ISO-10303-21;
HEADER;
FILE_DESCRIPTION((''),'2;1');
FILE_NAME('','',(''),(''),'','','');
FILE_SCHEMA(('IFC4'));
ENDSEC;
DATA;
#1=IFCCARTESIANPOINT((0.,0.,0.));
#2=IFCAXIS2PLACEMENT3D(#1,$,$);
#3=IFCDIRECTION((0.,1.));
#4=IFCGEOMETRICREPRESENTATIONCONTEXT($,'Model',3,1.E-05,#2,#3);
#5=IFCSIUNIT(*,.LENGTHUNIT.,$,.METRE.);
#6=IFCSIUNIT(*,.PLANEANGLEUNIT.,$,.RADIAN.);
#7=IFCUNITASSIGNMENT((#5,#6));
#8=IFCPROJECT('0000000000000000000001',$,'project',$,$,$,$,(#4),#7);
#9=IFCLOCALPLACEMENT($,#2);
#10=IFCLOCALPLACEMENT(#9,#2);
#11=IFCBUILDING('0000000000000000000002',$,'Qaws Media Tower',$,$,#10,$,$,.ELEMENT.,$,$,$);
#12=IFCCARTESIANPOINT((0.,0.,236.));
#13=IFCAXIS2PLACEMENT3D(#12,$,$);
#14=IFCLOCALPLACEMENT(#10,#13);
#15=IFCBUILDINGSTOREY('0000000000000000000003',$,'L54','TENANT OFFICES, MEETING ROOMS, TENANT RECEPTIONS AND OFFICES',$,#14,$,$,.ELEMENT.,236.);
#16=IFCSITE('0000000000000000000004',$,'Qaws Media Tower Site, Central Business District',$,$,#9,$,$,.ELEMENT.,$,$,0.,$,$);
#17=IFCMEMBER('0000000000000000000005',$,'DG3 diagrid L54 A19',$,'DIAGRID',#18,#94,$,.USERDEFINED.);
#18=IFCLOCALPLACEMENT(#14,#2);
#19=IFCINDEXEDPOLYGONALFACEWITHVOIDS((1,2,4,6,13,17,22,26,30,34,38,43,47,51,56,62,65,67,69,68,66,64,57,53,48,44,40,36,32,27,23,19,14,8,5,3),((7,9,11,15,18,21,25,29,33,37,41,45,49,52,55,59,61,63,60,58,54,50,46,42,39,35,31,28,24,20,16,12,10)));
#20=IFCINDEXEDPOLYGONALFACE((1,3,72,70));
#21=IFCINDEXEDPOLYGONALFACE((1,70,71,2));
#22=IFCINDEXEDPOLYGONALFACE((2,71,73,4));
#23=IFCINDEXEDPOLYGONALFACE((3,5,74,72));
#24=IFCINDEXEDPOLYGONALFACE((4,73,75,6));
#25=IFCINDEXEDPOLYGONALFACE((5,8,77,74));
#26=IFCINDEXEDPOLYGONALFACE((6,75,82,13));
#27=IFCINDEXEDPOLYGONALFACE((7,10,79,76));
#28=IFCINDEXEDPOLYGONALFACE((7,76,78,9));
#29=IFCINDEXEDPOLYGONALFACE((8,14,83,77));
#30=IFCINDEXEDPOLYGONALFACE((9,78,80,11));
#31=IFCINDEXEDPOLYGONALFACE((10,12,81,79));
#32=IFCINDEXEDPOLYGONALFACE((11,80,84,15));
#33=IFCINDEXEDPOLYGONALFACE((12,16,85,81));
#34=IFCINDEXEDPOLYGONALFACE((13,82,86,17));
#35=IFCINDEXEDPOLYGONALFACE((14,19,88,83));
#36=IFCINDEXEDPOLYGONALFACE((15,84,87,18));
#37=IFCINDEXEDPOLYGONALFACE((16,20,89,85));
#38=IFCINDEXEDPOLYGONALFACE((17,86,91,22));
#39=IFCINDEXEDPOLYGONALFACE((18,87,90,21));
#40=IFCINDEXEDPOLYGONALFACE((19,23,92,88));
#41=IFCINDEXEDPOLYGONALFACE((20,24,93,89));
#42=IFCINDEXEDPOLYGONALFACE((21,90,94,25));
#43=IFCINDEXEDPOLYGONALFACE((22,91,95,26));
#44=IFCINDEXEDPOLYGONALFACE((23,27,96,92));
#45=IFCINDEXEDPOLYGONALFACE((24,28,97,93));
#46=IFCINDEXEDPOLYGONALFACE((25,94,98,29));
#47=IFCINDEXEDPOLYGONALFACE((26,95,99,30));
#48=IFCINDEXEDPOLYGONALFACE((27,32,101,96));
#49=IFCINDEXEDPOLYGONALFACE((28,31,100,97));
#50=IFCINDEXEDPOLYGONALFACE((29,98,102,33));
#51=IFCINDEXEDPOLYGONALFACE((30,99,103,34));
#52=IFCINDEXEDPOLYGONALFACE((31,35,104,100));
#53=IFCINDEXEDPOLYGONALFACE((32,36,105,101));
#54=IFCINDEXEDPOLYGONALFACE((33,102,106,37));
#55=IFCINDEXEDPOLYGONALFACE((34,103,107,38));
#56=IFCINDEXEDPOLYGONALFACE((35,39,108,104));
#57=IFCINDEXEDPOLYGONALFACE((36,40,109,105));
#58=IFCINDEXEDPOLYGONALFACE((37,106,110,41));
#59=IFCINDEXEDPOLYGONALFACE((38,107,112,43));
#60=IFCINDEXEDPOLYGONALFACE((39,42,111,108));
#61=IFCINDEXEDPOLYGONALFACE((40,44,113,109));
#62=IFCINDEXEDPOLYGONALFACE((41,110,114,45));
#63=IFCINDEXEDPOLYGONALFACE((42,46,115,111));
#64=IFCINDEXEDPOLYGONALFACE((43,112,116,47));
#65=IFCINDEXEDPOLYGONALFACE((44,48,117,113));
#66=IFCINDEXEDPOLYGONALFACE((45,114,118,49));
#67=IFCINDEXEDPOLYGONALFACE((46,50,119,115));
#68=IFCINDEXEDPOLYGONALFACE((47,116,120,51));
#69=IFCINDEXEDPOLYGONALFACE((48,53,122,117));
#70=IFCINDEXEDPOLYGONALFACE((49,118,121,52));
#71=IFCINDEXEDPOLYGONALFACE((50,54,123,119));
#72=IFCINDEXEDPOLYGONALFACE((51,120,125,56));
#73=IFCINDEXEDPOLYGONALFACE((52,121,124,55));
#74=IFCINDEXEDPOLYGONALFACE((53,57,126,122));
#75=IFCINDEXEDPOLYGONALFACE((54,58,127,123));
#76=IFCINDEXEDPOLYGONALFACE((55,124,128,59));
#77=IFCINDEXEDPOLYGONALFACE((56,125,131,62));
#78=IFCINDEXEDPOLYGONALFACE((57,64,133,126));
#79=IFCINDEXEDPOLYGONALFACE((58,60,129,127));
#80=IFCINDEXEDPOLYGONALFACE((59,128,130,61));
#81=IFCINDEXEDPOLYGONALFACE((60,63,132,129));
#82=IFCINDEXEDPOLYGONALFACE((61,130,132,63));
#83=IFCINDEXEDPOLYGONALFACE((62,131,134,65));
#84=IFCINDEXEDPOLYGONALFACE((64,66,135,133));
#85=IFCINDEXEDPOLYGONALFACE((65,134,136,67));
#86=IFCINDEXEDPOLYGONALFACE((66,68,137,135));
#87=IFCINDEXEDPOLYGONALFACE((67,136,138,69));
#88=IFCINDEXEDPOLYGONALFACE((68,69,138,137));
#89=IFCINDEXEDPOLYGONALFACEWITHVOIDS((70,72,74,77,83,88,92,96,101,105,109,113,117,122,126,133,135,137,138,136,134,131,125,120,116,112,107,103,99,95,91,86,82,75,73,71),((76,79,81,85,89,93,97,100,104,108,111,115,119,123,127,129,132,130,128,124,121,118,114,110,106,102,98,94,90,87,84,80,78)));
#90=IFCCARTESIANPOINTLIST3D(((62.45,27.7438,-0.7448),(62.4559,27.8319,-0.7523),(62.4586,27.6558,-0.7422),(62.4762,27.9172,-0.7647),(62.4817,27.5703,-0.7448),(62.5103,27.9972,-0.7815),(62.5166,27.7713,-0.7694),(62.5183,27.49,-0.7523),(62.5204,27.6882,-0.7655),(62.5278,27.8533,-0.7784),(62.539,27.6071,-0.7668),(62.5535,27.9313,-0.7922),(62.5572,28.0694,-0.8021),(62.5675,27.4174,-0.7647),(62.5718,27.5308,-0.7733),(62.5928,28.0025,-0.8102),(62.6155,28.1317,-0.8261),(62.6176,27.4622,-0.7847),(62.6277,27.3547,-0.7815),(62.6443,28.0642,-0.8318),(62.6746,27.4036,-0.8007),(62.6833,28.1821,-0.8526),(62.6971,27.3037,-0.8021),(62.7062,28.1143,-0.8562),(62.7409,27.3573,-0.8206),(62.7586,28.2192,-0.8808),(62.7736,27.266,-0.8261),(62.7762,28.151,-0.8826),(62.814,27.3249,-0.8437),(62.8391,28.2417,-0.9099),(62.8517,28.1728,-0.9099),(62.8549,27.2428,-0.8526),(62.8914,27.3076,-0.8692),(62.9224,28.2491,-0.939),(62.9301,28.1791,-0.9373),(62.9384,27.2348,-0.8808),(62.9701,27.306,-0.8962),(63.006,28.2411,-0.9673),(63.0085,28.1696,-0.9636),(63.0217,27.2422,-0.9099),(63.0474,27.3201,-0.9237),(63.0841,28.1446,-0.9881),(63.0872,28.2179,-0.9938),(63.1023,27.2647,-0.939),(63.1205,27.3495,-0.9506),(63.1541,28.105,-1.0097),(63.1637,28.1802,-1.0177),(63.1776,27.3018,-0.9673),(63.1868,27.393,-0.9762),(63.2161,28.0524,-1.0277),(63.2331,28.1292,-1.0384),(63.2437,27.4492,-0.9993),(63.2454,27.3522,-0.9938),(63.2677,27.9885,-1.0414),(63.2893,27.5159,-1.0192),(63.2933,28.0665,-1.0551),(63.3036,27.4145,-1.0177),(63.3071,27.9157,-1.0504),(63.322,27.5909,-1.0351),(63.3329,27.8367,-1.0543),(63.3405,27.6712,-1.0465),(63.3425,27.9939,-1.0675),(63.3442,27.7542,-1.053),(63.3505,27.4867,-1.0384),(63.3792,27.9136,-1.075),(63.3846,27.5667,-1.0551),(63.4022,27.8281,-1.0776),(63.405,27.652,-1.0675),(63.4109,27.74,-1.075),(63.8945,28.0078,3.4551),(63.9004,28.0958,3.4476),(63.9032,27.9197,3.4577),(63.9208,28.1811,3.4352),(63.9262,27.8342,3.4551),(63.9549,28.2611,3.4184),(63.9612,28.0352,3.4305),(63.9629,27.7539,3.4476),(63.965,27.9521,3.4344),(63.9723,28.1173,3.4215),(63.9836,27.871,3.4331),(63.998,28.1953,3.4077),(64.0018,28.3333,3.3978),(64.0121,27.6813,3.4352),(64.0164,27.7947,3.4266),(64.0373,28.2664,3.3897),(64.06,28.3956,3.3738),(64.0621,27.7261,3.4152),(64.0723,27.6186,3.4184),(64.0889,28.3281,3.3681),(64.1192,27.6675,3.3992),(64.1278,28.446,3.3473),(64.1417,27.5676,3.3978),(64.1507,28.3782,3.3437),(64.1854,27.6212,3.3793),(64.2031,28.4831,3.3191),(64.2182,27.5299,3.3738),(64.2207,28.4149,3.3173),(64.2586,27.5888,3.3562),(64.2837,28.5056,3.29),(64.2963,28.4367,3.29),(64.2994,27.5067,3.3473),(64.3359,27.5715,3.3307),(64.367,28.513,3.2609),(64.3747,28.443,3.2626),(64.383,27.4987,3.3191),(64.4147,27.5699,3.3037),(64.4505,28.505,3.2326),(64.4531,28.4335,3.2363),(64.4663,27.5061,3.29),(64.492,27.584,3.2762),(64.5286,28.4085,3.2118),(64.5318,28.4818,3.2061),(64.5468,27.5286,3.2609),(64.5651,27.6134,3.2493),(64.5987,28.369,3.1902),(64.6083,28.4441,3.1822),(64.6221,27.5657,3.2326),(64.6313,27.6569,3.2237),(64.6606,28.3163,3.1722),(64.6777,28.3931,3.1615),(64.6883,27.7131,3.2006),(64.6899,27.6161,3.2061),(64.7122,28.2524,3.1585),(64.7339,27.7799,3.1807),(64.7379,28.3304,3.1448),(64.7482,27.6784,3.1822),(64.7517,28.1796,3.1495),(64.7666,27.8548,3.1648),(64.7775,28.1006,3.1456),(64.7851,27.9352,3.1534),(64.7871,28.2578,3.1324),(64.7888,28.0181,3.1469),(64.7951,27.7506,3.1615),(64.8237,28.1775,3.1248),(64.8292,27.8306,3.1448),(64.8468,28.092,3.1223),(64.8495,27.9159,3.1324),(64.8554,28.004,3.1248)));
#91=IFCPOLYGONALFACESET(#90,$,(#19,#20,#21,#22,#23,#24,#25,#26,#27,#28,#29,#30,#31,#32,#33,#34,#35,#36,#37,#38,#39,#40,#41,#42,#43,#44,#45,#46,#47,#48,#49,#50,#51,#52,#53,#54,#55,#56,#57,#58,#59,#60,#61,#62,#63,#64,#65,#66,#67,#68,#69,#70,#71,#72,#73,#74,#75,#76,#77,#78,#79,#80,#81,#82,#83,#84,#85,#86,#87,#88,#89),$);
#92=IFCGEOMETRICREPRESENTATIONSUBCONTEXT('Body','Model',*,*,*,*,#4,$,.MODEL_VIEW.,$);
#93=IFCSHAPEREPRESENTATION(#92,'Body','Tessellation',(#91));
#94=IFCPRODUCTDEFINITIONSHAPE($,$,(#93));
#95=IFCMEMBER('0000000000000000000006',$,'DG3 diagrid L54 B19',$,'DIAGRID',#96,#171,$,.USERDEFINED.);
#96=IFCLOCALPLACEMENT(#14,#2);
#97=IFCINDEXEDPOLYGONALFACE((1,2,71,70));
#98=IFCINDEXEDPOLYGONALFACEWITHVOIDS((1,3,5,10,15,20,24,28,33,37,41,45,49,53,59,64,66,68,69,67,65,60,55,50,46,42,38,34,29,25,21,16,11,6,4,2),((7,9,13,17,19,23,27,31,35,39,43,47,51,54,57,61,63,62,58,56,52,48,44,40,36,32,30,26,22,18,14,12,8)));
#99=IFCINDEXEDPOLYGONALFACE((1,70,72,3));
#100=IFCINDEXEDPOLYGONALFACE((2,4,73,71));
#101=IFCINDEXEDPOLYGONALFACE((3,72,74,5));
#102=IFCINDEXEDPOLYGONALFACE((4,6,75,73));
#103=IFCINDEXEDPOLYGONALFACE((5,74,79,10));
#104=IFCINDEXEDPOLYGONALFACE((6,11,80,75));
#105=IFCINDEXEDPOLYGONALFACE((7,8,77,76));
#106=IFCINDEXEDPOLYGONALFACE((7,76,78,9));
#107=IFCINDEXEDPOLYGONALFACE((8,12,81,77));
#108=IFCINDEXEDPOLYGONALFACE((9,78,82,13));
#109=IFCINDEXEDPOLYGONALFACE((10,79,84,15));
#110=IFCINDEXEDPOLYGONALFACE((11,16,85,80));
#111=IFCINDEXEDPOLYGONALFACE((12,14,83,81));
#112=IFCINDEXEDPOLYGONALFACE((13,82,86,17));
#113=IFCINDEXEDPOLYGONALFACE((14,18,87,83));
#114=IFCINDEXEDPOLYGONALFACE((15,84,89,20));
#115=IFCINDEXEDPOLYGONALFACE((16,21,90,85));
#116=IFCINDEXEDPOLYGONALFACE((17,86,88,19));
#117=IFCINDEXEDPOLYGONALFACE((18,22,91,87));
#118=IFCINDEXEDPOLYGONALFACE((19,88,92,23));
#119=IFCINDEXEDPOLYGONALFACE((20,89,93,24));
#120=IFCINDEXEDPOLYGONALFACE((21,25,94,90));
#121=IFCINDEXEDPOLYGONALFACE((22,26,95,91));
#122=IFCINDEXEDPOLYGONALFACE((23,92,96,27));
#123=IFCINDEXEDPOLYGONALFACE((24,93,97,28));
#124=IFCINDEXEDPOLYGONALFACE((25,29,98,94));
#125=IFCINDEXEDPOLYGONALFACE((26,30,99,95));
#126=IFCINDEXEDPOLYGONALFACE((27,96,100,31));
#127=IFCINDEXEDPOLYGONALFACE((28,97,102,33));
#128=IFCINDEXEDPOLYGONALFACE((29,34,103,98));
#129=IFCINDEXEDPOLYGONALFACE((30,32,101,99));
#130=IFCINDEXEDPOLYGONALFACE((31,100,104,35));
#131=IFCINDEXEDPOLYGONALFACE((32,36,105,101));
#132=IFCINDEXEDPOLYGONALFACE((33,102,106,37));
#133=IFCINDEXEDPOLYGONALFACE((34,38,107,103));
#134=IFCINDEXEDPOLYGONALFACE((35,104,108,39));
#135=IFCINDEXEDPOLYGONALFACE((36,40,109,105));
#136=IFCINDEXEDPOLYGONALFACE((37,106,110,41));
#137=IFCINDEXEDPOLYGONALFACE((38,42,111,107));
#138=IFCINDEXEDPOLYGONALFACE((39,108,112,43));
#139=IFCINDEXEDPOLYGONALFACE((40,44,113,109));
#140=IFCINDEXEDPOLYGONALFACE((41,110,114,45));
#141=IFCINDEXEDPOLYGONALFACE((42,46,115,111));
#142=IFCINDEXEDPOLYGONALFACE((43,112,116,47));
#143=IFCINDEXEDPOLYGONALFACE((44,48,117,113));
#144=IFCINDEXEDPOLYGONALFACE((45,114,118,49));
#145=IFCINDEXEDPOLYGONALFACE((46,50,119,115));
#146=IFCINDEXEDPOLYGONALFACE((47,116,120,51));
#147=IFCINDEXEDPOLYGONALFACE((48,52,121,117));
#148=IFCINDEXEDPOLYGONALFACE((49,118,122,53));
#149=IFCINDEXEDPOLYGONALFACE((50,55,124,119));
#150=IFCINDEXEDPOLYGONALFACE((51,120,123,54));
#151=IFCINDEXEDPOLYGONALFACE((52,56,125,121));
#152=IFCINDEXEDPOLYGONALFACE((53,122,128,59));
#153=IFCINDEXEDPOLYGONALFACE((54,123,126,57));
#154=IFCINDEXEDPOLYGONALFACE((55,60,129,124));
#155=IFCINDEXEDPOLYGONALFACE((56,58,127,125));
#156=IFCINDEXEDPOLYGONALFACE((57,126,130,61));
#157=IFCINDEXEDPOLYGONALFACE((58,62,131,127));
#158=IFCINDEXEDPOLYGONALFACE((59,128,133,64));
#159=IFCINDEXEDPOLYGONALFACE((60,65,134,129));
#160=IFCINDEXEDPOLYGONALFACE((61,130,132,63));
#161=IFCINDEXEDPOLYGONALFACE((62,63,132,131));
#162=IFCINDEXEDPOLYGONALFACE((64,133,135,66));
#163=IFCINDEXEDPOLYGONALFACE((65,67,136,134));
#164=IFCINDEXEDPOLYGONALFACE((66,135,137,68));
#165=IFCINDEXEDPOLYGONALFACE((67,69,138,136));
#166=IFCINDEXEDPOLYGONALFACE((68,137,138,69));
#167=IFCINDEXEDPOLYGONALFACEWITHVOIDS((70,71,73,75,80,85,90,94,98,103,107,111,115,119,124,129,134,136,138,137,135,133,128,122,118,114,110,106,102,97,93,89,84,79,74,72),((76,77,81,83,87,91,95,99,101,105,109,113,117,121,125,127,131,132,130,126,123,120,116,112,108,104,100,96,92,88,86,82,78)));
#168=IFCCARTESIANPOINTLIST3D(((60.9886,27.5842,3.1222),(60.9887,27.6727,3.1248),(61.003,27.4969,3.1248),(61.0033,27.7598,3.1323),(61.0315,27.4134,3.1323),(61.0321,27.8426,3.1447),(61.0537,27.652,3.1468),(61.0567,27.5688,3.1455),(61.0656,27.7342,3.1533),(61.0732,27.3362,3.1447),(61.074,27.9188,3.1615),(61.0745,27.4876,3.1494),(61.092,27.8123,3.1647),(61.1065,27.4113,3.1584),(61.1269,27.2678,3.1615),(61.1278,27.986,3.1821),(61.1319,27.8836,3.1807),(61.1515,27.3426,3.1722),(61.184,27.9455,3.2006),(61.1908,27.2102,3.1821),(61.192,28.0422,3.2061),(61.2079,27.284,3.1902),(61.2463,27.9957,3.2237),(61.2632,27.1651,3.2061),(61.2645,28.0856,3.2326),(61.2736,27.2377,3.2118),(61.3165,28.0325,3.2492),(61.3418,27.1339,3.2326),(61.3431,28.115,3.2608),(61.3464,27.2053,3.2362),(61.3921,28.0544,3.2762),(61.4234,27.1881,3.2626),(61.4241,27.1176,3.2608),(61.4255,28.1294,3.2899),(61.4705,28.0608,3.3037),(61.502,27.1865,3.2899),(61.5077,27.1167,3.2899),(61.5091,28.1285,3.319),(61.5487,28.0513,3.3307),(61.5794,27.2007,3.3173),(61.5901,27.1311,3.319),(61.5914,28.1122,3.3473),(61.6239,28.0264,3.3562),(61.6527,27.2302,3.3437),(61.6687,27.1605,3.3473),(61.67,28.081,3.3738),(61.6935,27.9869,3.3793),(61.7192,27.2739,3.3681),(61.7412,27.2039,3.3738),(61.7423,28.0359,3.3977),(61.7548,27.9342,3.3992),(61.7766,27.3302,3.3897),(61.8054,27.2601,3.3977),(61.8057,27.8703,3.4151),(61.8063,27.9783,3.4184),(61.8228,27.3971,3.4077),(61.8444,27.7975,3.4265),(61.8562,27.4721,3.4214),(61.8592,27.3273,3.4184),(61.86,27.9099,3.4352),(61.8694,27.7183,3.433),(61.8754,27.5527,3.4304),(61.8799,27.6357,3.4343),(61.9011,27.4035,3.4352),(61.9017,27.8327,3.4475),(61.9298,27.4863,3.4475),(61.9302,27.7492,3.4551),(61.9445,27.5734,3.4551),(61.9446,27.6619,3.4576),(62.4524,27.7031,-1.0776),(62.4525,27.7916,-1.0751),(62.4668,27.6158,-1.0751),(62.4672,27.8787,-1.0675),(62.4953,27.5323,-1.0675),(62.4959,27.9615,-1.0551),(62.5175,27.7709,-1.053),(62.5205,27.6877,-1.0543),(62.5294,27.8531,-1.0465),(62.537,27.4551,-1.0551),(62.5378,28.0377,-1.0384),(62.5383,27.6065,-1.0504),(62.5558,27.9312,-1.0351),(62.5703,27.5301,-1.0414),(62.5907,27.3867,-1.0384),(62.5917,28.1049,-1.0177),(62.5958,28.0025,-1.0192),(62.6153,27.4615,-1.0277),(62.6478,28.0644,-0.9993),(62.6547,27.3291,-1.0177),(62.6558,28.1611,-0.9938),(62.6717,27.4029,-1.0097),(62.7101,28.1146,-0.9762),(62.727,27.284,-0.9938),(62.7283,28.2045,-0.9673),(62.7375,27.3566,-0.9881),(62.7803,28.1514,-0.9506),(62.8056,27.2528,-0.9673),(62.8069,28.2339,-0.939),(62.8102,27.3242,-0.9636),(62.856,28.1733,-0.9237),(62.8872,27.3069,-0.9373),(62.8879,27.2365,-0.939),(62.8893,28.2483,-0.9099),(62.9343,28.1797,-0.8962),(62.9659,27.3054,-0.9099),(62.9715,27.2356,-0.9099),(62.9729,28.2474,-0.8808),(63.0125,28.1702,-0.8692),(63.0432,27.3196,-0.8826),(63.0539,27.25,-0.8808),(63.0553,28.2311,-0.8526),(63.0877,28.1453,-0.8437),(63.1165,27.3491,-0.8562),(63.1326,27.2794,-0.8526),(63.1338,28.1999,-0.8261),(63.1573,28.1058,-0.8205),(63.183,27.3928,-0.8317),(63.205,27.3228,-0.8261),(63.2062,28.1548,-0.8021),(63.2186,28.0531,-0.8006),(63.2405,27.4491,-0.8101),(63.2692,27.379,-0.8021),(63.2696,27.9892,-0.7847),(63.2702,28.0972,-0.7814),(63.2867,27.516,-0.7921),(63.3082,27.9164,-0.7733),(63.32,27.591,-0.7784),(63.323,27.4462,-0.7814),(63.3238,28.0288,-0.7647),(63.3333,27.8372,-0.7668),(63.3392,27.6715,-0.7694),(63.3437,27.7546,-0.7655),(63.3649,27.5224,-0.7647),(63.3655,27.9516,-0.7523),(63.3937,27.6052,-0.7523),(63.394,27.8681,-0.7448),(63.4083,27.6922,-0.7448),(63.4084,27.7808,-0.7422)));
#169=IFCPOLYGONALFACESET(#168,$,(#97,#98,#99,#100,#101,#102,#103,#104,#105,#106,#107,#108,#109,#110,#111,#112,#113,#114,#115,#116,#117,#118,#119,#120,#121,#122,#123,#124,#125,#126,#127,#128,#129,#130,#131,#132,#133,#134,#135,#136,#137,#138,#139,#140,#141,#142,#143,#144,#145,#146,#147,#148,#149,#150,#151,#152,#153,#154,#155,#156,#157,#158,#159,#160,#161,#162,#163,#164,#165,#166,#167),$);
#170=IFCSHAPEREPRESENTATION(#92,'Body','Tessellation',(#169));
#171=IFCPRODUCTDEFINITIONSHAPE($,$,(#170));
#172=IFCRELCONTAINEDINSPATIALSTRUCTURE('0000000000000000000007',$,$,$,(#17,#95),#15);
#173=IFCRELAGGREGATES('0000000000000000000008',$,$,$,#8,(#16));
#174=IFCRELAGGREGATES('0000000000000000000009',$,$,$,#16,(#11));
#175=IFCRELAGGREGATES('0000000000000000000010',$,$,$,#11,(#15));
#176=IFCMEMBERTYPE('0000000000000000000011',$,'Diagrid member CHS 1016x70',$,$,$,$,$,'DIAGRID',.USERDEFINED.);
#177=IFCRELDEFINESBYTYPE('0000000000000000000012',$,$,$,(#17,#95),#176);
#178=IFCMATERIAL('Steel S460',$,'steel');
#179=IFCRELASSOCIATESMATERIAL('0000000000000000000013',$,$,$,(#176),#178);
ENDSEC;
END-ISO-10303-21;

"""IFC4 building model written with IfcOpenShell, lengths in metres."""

from ifc_helpers import new_model, si_unit, direction, frame, origin, origin_2d, place, context, subcontext, project, spatial, hollow_circle, extrude, material, material_profile, profile_set, type_object, element, save


model = new_model("IFC4")

# Units and contexts
model_context = context("Model", 3, precision=1e-05, world=origin(), true_north=direction((0.0, 1.0)))
body_context = subcontext(model_context, "Body", "Model", "MODEL_VIEW")
ifc_project = project(units=[si_unit("LENGTHUNIT", "METRE"), si_unit("PLANEANGLEUNIT", "RADIAN")], contexts=[model_context])

# Site, building, storey
site_placement = place(None, origin())
site = spatial("IfcSite", under=ifc_project, at=site_placement, Name="Qaws Media Tower Site, Central Business District", CompositionType="ELEMENT", RefElevation=0.0)
building_placement = place(site_placement, origin())
building = spatial("IfcBuilding", under=site, at=building_placement, Name="Qaws Media Tower", CompositionType="ELEMENT")
storey_placement = place(building_placement, frame((0.0, 0.0, 236.0)))
storey = spatial("IfcBuildingStorey", under=building, at=storey_placement, Name="L54", Description="TENANT OFFICES, MEETING ROOMS, TENANT RECEPTIONS AND OFFICES", CompositionType="ELEMENT", Elevation=236.0)

# Members
ifc_material_1 = material(Name="Steel S460", Category="steel")
ifc_material_profile_1 = material_profile(ifc_material_1, hollow_circle(Radius=0.5081, WallThickness=0.0701, at=origin_2d()), Name="CHS 1016x70")
ifc_profile_set_1 = profile_set([ifc_material_profile_1], Name="Steel S460")
member_type_1 = type_object("IfcMemberType", Name="Diagrid member CHS 1016x70", ElementType="DIAGRID", PredefinedType="USERDEFINED", material=ifc_profile_set_1)
for number, where, z_axis, x_axis, name in (
    (1, (62.9304, 27.7419, -0.9099), (0.324678, 0.059317, 0.943963), (-0.179719, 0.983718, 0.0), "DG3 diagrid L54 A19"),
    (2, (62.9304, 27.7419, -0.9099), (-0.329008, -0.026722, 0.943949), (0.080954, -0.996718, 0.0), "DG3 diagrid L54 B19"),
):
    element("IfcMember", number, at=place(storey_placement, frame(where, z_axis=z_axis, x_axis=x_axis)), inside=storey, type_object=member_type_1, Name=name, ObjectType="DIAGRID", PredefinedType="USERDEFINED", context=body_context, shape_type="SweptSolid", body=[
        extrude(hollow_circle(Radius=0.5081, WallThickness=0.0701, at=origin_2d()), origin(), (0.0, 0.0, 1.0), 4.4492),
    ])

save(model, "model.ifc")
